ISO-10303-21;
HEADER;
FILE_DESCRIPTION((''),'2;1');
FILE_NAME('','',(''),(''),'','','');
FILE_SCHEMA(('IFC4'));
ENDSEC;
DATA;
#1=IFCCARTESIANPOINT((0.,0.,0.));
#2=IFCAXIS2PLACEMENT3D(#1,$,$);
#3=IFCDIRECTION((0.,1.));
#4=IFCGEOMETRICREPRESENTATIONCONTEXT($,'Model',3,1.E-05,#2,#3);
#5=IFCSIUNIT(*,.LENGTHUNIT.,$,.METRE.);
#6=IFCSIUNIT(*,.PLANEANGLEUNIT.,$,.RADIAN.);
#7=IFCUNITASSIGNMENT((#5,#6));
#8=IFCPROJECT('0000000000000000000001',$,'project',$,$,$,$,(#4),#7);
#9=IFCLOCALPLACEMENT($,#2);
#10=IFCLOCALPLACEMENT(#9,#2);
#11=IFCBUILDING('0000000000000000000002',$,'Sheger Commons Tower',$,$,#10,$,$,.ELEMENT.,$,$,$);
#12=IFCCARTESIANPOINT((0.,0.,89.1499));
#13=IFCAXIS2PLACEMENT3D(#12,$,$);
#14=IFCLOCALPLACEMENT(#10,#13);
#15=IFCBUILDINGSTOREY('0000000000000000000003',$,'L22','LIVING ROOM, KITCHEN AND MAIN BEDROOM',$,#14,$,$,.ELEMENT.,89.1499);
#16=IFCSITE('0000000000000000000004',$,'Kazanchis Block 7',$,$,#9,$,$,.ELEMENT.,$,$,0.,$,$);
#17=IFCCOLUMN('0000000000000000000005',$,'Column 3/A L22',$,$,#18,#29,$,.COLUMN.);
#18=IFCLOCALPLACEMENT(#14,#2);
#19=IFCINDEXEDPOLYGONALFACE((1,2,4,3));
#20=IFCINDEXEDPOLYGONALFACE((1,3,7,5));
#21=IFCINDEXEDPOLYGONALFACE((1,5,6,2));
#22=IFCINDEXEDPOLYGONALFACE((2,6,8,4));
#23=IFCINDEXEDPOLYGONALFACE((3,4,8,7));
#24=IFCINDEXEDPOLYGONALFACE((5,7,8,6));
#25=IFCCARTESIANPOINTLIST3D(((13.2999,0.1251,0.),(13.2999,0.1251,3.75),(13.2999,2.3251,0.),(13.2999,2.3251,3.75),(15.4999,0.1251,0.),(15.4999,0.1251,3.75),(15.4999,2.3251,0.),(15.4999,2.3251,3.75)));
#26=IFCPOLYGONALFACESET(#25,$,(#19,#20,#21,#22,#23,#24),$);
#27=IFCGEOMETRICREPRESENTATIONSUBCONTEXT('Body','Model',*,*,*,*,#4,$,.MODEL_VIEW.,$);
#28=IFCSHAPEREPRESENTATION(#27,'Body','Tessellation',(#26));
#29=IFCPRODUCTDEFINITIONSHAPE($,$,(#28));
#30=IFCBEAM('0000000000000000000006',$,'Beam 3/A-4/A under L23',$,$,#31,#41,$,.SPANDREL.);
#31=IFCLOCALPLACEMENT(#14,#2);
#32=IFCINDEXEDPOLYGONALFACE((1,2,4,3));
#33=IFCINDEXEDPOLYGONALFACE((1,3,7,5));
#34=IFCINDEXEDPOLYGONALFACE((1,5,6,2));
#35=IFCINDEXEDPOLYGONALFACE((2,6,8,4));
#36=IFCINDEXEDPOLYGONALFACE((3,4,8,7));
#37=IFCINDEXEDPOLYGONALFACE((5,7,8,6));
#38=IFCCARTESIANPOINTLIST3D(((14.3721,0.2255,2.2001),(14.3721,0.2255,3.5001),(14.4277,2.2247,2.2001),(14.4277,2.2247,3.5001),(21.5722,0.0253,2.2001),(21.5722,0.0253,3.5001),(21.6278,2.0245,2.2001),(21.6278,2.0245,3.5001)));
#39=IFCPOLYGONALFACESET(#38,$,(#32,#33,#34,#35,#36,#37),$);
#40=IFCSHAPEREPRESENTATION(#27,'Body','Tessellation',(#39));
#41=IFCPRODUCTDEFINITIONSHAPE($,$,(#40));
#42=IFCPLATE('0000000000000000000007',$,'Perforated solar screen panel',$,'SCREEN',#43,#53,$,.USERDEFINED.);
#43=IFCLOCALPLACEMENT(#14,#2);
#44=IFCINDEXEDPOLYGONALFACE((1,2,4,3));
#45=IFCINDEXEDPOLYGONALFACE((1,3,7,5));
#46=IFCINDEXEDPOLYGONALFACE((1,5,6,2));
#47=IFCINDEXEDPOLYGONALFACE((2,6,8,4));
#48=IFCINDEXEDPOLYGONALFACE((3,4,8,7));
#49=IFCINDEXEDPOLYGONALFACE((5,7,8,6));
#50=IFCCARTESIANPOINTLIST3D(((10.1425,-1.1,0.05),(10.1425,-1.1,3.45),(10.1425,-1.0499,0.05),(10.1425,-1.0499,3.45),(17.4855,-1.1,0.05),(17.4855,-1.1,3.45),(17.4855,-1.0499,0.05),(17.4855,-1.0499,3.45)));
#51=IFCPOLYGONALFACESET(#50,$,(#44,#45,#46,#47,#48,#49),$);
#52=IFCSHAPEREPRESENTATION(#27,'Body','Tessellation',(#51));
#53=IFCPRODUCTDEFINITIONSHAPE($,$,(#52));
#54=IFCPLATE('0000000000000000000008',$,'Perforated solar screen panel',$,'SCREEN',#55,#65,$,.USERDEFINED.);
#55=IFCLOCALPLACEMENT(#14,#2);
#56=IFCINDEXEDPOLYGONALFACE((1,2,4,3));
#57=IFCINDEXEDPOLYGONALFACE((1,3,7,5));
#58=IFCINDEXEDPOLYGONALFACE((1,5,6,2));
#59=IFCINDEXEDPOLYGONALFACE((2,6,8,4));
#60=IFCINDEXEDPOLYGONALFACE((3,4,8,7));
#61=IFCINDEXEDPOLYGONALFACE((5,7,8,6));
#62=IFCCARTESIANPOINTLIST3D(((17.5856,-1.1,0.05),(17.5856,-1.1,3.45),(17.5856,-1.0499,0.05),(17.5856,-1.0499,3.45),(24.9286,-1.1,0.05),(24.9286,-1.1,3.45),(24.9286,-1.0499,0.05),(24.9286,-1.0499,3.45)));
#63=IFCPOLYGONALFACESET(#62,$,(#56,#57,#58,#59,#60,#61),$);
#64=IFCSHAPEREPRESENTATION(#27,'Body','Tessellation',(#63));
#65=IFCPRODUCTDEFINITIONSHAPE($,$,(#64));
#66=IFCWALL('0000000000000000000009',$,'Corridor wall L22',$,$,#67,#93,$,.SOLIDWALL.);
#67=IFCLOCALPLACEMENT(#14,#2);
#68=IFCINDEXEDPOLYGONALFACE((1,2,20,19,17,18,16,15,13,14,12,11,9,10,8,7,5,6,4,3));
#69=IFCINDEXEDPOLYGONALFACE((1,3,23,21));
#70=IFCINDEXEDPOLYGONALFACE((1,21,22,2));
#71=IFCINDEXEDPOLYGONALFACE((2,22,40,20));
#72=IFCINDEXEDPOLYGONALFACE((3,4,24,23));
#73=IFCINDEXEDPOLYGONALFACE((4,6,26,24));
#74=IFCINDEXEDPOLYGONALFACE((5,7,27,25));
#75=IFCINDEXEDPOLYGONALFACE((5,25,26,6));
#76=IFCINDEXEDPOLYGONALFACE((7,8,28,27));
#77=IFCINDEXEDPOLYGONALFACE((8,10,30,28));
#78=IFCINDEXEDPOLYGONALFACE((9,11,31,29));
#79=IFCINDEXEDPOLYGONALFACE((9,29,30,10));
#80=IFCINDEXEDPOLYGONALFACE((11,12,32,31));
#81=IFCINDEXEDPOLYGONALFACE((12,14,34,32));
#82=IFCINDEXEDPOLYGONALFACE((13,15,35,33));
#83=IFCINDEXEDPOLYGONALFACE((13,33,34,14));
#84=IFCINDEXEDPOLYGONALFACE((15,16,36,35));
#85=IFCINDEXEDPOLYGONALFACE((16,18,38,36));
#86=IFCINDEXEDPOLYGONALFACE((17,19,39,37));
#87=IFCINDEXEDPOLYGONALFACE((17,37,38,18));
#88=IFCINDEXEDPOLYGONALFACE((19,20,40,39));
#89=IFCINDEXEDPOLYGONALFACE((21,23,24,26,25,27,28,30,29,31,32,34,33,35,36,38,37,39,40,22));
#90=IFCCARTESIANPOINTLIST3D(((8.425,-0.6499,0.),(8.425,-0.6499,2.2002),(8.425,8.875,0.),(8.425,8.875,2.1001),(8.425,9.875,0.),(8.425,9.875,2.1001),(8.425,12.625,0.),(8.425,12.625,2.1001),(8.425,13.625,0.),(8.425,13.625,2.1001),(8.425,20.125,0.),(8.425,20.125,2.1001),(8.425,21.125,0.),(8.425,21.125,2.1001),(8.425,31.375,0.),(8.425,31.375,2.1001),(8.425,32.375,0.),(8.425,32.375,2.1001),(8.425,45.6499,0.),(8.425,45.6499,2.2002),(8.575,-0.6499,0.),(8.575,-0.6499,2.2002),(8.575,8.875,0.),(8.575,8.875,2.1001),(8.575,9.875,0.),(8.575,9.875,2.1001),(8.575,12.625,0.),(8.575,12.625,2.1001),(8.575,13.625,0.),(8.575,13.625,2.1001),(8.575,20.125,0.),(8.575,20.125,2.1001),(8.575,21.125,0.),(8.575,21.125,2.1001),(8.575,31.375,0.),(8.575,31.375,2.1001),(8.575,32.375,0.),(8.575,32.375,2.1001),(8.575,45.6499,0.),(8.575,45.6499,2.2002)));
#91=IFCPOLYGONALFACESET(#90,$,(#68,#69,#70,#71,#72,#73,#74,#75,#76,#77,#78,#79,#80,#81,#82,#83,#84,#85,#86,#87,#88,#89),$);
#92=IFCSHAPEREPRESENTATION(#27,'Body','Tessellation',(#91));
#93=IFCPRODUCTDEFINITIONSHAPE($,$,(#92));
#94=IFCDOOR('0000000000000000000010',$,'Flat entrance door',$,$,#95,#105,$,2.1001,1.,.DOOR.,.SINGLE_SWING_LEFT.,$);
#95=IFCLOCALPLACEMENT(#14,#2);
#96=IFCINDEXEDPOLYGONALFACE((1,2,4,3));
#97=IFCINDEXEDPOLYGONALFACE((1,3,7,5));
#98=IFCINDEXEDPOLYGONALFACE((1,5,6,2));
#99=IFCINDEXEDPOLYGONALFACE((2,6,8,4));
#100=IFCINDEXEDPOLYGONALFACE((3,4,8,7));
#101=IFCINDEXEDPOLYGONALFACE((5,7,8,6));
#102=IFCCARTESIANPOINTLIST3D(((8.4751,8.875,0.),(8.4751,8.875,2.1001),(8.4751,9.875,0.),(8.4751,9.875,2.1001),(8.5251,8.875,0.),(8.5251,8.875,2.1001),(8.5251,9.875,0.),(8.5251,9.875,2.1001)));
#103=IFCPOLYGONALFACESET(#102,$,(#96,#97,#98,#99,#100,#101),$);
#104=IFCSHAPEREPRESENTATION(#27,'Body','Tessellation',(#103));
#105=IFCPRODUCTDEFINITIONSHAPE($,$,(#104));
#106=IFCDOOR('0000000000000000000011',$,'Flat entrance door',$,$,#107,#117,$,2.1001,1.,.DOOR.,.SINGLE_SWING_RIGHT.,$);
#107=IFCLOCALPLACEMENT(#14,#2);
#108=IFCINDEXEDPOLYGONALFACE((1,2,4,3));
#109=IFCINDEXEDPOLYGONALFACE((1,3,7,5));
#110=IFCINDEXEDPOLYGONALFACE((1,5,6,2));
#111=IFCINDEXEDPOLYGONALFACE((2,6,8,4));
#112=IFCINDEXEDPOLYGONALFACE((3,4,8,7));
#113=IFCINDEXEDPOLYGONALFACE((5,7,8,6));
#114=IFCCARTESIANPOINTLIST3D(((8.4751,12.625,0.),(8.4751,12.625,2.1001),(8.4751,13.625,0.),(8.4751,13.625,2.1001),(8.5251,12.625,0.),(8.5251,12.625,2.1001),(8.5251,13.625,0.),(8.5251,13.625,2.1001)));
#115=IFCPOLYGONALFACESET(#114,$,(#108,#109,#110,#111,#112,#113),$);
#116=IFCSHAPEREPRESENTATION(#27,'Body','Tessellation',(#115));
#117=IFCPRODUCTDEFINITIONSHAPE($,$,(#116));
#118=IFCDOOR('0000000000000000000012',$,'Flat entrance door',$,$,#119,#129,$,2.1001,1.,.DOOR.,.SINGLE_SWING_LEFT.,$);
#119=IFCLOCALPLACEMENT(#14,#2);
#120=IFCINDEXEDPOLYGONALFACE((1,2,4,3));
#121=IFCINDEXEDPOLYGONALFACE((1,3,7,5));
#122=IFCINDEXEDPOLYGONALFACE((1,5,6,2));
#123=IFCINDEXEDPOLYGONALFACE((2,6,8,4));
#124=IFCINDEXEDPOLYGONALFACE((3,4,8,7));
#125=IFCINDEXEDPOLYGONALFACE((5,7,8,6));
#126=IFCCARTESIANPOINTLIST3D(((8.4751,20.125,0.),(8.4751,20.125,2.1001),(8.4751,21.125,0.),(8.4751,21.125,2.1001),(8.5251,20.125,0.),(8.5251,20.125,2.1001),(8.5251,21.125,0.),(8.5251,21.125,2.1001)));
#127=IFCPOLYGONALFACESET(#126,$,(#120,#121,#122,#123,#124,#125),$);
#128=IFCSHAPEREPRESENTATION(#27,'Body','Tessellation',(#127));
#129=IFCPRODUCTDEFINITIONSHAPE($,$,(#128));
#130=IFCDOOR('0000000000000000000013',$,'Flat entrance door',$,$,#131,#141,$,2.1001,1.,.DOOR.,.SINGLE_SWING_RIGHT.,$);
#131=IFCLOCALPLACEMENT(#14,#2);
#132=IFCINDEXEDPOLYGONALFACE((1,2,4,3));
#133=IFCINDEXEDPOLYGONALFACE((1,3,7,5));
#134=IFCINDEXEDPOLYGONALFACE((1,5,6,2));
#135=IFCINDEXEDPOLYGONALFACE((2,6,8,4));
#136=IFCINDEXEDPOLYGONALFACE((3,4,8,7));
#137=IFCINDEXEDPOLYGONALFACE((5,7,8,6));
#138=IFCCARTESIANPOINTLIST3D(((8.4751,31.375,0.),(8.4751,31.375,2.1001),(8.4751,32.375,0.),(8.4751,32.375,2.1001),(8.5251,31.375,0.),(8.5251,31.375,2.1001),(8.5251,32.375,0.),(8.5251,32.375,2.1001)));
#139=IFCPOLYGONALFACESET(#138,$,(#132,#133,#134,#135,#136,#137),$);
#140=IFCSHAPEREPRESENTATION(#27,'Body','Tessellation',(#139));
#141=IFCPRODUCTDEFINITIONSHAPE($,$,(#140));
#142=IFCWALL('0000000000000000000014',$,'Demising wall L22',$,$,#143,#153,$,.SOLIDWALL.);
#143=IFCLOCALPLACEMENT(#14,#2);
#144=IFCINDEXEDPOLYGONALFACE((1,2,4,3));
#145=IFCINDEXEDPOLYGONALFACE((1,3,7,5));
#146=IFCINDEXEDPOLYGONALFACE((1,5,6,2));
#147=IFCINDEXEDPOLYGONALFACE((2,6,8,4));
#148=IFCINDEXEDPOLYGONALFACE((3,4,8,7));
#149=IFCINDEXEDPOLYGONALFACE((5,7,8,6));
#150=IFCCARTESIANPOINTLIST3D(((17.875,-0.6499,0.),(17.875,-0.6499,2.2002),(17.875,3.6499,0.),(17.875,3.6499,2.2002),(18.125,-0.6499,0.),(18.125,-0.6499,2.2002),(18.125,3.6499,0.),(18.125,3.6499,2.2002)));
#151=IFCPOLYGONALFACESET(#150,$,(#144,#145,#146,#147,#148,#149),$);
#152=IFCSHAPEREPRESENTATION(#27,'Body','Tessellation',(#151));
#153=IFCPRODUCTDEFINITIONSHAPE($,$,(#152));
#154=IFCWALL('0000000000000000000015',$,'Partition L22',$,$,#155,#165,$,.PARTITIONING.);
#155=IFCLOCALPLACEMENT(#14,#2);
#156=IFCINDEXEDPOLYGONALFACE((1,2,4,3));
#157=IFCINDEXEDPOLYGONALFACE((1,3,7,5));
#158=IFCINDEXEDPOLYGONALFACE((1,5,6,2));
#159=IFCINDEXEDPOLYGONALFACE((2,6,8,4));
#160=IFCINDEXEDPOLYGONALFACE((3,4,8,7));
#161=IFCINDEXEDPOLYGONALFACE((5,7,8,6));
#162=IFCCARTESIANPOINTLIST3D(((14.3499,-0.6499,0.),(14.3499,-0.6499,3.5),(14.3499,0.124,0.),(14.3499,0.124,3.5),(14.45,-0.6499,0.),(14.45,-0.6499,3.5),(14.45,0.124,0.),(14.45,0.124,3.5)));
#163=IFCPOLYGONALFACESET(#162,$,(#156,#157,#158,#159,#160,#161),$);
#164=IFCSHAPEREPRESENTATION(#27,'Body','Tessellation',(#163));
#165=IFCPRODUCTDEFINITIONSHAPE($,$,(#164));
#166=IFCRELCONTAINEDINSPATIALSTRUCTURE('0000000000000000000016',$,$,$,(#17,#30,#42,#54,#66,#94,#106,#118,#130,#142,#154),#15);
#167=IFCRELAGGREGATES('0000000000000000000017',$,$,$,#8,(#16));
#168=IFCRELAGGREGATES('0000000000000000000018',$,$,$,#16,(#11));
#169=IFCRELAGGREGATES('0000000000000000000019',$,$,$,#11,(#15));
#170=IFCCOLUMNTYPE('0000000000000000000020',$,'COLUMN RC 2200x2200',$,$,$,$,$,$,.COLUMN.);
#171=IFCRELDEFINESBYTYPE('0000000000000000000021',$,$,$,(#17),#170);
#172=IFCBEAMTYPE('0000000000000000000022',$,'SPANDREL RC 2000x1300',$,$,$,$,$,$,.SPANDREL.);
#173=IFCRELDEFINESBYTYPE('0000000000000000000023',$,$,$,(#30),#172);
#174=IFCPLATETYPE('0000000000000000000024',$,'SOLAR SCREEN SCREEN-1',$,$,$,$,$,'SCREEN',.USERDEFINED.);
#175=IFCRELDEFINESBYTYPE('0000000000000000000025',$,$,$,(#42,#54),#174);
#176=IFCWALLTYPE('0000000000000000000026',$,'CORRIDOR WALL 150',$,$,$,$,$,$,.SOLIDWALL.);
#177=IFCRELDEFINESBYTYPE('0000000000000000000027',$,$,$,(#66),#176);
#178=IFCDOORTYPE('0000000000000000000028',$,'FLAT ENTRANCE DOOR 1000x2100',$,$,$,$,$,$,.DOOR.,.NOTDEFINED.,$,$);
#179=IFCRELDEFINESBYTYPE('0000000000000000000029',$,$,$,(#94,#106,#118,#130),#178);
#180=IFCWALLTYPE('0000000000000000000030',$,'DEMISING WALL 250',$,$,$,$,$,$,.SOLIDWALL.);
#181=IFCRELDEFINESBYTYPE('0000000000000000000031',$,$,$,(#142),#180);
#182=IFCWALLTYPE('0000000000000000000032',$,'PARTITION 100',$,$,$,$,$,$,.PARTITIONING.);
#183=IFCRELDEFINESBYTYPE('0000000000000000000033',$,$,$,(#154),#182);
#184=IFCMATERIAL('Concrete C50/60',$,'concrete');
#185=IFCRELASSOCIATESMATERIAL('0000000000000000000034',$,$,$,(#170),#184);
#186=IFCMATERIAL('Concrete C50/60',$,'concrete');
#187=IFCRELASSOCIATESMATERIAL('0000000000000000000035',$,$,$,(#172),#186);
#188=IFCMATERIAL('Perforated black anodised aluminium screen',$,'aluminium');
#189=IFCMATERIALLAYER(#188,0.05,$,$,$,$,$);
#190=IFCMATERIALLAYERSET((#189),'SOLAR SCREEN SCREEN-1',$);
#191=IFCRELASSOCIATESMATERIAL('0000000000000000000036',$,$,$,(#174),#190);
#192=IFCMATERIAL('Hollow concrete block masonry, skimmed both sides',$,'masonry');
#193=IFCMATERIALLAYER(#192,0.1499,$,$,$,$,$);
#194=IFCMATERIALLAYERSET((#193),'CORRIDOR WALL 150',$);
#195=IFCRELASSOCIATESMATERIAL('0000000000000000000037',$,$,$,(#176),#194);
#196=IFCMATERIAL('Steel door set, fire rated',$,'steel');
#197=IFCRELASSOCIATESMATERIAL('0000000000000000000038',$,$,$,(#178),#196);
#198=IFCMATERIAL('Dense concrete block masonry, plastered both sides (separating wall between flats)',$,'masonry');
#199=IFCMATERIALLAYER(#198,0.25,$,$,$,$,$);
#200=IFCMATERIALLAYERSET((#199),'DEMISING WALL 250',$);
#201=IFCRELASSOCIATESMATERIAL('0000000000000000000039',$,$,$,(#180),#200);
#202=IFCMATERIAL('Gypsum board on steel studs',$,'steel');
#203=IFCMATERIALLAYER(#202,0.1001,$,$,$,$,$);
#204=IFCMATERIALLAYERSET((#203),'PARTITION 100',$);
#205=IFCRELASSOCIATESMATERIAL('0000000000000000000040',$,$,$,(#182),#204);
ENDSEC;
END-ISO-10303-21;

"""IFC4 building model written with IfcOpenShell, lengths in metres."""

from ifc_helpers import new_model, si_unit, direction, frame, frame_2d, origin, origin_2d, place, context, subcontext, project, spatial, rectangle, extrude, material, layer, layer_set, material_profile, profile_set, type_object, element, fill, save


model = new_model("IFC4")

# Units and contexts
model_context = context("Model", 3, precision=1e-05, world=origin(), true_north=direction((0.0, 1.0)))
body_context = subcontext(model_context, "Body", "Model", "MODEL_VIEW")
ifc_project = project(units=[si_unit("LENGTHUNIT", "METRE"), si_unit("PLANEANGLEUNIT", "RADIAN")], contexts=[model_context])

# Site, building, storey
site_placement = place(None, origin())
site = spatial("IfcSite", under=ifc_project, at=site_placement, Name="Kazanchis Block 7", CompositionType="ELEMENT", RefElevation=0.0)
building_placement = place(site_placement, origin())
building = spatial("IfcBuilding", under=site, at=building_placement, Name="Sheger Commons Tower", CompositionType="ELEMENT")
storey_placement = place(building_placement, frame((0.0, 0.0, 89.1499)))
storey = spatial("IfcBuildingStorey", under=building, at=storey_placement, Name="L22", Description="LIVING ROOM, KITCHEN AND MAIN BEDROOM", CompositionType="ELEMENT", Elevation=89.1499)

# Column
ifc_material_1 = material(Name="Concrete C50/60", Category="concrete")
ifc_material_profile_1 = material_profile(ifc_material_1, rectangle(XDim=2.2, YDim=2.2, at=origin_2d()), Name="RC 2200x2200")
ifc_profile_set_1 = profile_set([ifc_material_profile_1], Name="Concrete C50/60")
column_type = type_object("IfcColumnType", Name="COLUMN RC 2200x2200", PredefinedType="COLUMN", material=ifc_profile_set_1)
column_placement = place(storey_placement, frame((14.3999, 1.2251, 0.0), z_axis=(0.0, 0.0, 1.0), x_axis=(1.0, 0.0, 0.0)))
element("IfcColumn", 1, at=column_placement, inside=storey, type_object=column_type, Name="Column 3/A L22", PredefinedType="COLUMN", context=body_context, shape_type="SweptSolid", body=[
    extrude(rectangle(XDim=2.2, YDim=2.2, at=origin_2d()), origin(), (0.0, 0.0, 1.0), 3.75),
])

# Beam
ifc_material_2 = material(Name="Concrete C50/60", Category="concrete")
ifc_material_profile_2 = material_profile(ifc_material_2, rectangle(XDim=2.0, YDim=1.3, at=origin_2d()), Name="RC 2000x1300")
ifc_profile_set_2 = profile_set([ifc_material_profile_2], Name="Concrete C50/60")
beam_type = type_object("IfcBeamType", Name="SPANDREL RC 2000x1300", PredefinedType="SPANDREL", material=ifc_profile_set_2)
beam_placement = place(storey_placement, frame((14.3999, 1.2251, 2.8501), z_axis=(0.999614, -0.027793, 0.0), x_axis=(0.027793, 0.999614, 0.0)))
element("IfcBeam", 2, at=beam_placement, inside=storey, type_object=beam_type, Name="Beam 3/A-4/A under L23", PredefinedType="SPANDREL", context=body_context, shape_type="SweptSolid", body=[
    extrude(rectangle(XDim=2.0, YDim=1.3, at=origin_2d()), origin(), (0.0, 0.0, 1.0), 7.2029),
])

# Plates
ifc_material_3 = material(Name="Perforated black anodised aluminium screen", Category="aluminium")
ifc_layer_1 = layer(ifc_material_3, 0.05)
ifc_layer_set_1 = layer_set([ifc_layer_1], Name="SOLAR SCREEN SCREEN-1")
plate_type = type_object("IfcPlateType", Name="SOLAR SCREEN SCREEN-1", ElementType="SCREEN", PredefinedType="USERDEFINED", material=ifc_layer_set_1)
for number, where, z_axis, x_axis, name in (
    (3, (13.814, -1.075, 0.05), (0.0, 0.0, 1.0), (1.0, 0.0, 0.0), "Perforated solar screen panel"),
    (4, (21.2571, -1.075, 0.05), (0.0, 0.0, 1.0), (1.0, 0.0, 0.0), "Perforated solar screen panel"),
):
    element("IfcPlate", number, at=place(storey_placement, frame(where, z_axis=z_axis, x_axis=x_axis)), inside=storey, type_object=plate_type, Name=name, ObjectType="SCREEN", PredefinedType="USERDEFINED", context=body_context, shape_type="SweptSolid", body=[
        extrude(rectangle(XDim=7.343, YDim=0.05, at=origin_2d()), origin(), (0.0, 0.0, 1.0), 3.3999),
    ])

# Wall, openings, doors
ifc_material_4 = material(Name="Hollow concrete block masonry, skimmed both sides", Category="masonry")
ifc_layer_2 = layer(ifc_material_4, 0.1499)
ifc_layer_set_2 = layer_set([ifc_layer_2], Name="CORRIDOR WALL 150")
wall_type_1 = type_object("IfcWallType", Name="CORRIDOR WALL 150", PredefinedType="SOLIDWALL", material=ifc_layer_set_2)
wall_1_placement = place(storey_placement, frame((8.5, -0.6499, 0.0), z_axis=(0.0, 0.0, 1.0), x_axis=(0.0, 1.0, 0.0)))
wall_1 = element("IfcWall", 5, at=wall_1_placement, inside=storey, type_object=wall_type_1, Name="Corridor wall L22", PredefinedType="SOLIDWALL", context=body_context, shape_type="SweptSolid", body=[
    extrude(rectangle(XDim=46.2998, YDim=0.1499, at=frame_2d((23.1499, 0.0))), origin(), (0.0, 0.0, 1.0), 2.2002),
])
opening_1_placement = place(wall_1_placement, frame((9.5249, 0.0, 0.0)))
opening_1 = element("IfcOpeningElement", 6, at=opening_1_placement, cuts=wall_1, PredefinedType="OPENING", context=body_context, shape_type="SweptSolid", body=[
    extrude(rectangle(XDim=1.0, YDim=2.1001, at=frame_2d((0.5, 1.05))), frame((0.0, 0.085, 0.0), z_axis=(0.0, -1.0, 0.0), x_axis=(1.0, 0.0, 0.0)), (0.0, 0.0, 1.0), 0.1699),
])
opening_2_placement = place(wall_1_placement, frame((13.2749, 0.0, 0.0)))
opening_2 = element("IfcOpeningElement", 7, at=opening_2_placement, cuts=wall_1, PredefinedType="OPENING", context=body_context, shape_type="SweptSolid", body=[
    extrude(rectangle(XDim=1.0, YDim=2.1001, at=frame_2d((0.5, 1.05))), frame((0.0, 0.085, 0.0), z_axis=(0.0, -1.0, 0.0), x_axis=(1.0, 0.0, 0.0)), (0.0, 0.0, 1.0), 0.1699),
])
opening_3_placement = place(wall_1_placement, frame((20.7749, 0.0, 0.0)))
opening_3 = element("IfcOpeningElement", 8, at=opening_3_placement, cuts=wall_1, PredefinedType="OPENING", context=body_context, shape_type="SweptSolid", body=[
    extrude(rectangle(XDim=1.0, YDim=2.1001, at=frame_2d((0.5, 1.05))), frame((0.0, 0.085, 0.0), z_axis=(0.0, -1.0, 0.0), x_axis=(1.0, 0.0, 0.0)), (0.0, 0.0, 1.0), 0.1699),
])
opening_4_placement = place(wall_1_placement, frame((32.0249, 0.0, 0.0)))
opening_4 = element("IfcOpeningElement", 9, at=opening_4_placement, cuts=wall_1, PredefinedType="OPENING", context=body_context, shape_type="SweptSolid", body=[
    extrude(rectangle(XDim=1.0, YDim=2.1001, at=frame_2d((0.5, 1.05))), frame((0.0, 0.085, 0.0), z_axis=(0.0, -1.0, 0.0), x_axis=(1.0, 0.0, 0.0)), (0.0, 0.0, 1.0), 0.1699),
])
ifc_material_5 = material(Name="Steel door set, fire rated", Category="steel")
door_type_1 = type_object("IfcDoorType", Name="FLAT ENTRANCE DOOR 1000x2100", OperationType="NOTDEFINED", PredefinedType="DOOR", material=ifc_material_5)
door_1_placement = place(opening_1_placement, origin())
door_1 = element("IfcDoor", 10, at=door_1_placement, inside=storey, type_object=door_type_1, Name="Flat entrance door", OperationType="SINGLE_SWING_LEFT", OverallHeight=2.1001, OverallWidth=1.0, PredefinedType="DOOR", context=body_context, shape_type="SweptSolid", body=[
    extrude(rectangle(XDim=1.0, YDim=2.1001, at=frame_2d((0.5, 1.05))), frame((0.0, 0.0249, 0.0), z_axis=(0.0, -1.0, 0.0), x_axis=(1.0, 0.0, 0.0)), (0.0, 0.0, 1.0), 0.05),
])
fill(opening_1, door_1)
door_2_placement = place(opening_2_placement, origin())
door_2 = element("IfcDoor", 11, at=door_2_placement, inside=storey, type_object=door_type_1, Name="Flat entrance door", OperationType="SINGLE_SWING_RIGHT", OverallHeight=2.1001, OverallWidth=1.0, PredefinedType="DOOR", context=body_context, shape_type="SweptSolid", body=[
    extrude(rectangle(XDim=1.0, YDim=2.1001, at=frame_2d((0.5, 1.05))), frame((0.0, 0.0249, 0.0), z_axis=(0.0, -1.0, 0.0), x_axis=(1.0, 0.0, 0.0)), (0.0, 0.0, 1.0), 0.05),
])
fill(opening_2, door_2)
door_3_placement = place(opening_3_placement, origin())
door_3 = element("IfcDoor", 12, at=door_3_placement, inside=storey, type_object=door_type_1, Name="Flat entrance door", OperationType="SINGLE_SWING_LEFT", OverallHeight=2.1001, OverallWidth=1.0, PredefinedType="DOOR", context=body_context, shape_type="SweptSolid", body=[
    extrude(rectangle(XDim=1.0, YDim=2.1001, at=frame_2d((0.5, 1.05))), frame((0.0, 0.0249, 0.0), z_axis=(0.0, -1.0, 0.0), x_axis=(1.0, 0.0, 0.0)), (0.0, 0.0, 1.0), 0.05),
])
fill(opening_3, door_3)
door_4_placement = place(opening_4_placement, origin())
door_4 = element("IfcDoor", 13, at=door_4_placement, inside=storey, type_object=door_type_1, Name="Flat entrance door", OperationType="SINGLE_SWING_RIGHT", OverallHeight=2.1001, OverallWidth=1.0, PredefinedType="DOOR", context=body_context, shape_type="SweptSolid", body=[
    extrude(rectangle(XDim=1.0, YDim=2.1001, at=frame_2d((0.5, 1.05))), frame((0.0, 0.0249, 0.0), z_axis=(0.0, -1.0, 0.0), x_axis=(1.0, 0.0, 0.0)), (0.0, 0.0, 1.0), 0.05),
])
fill(opening_4, door_4)

# Walls
ifc_material_6 = material(Name="Dense concrete block masonry, plastered both sides (separating wall between flats)", Category="masonry")
ifc_layer_3 = layer(ifc_material_6, 0.25)
ifc_layer_set_3 = layer_set([ifc_layer_3], Name="DEMISING WALL 250")
wall_type_2 = type_object("IfcWallType", Name="DEMISING WALL 250", PredefinedType="SOLIDWALL", material=ifc_layer_set_3)
wall_2_placement = place(storey_placement, frame((18.0, -0.6499, 0.0), z_axis=(0.0, 0.0, 1.0), x_axis=(0.0, 1.0, 0.0)))
element("IfcWall", 14, at=wall_2_placement, inside=storey, type_object=wall_type_2, Name="Demising wall L22", PredefinedType="SOLIDWALL", context=body_context, shape_type="SweptSolid", body=[
    extrude(rectangle(XDim=4.2998, YDim=0.25, at=frame_2d((2.1499, 0.0))), origin(), (0.0, 0.0, 1.0), 2.2002),
])
ifc_material_7 = material(Name="Gypsum board on steel studs", Category="steel")
ifc_layer_4 = layer(ifc_material_7, 0.1001)
ifc_layer_set_4 = layer_set([ifc_layer_4], Name="PARTITION 100")
wall_type_3 = type_object("IfcWallType", Name="PARTITION 100", PredefinedType="PARTITIONING", material=ifc_layer_set_4)
wall_3_placement = place(storey_placement, frame((14.3999, -0.6499, 0.0), z_axis=(0.0, 0.0, 1.0), x_axis=(0.0, 1.0, 0.0)))
element("IfcWall", 15, at=wall_3_placement, inside=storey, type_object=wall_type_3, Name="Partition L22", PredefinedType="PARTITIONING", context=body_context, shape_type="SweptSolid", body=[
    extrude(rectangle(XDim=0.7739, YDim=0.1001, at=frame_2d((0.387, 0.0))), origin(), (0.0, 0.0, 1.0), 3.5),
])

save(model, "model.ifc")
